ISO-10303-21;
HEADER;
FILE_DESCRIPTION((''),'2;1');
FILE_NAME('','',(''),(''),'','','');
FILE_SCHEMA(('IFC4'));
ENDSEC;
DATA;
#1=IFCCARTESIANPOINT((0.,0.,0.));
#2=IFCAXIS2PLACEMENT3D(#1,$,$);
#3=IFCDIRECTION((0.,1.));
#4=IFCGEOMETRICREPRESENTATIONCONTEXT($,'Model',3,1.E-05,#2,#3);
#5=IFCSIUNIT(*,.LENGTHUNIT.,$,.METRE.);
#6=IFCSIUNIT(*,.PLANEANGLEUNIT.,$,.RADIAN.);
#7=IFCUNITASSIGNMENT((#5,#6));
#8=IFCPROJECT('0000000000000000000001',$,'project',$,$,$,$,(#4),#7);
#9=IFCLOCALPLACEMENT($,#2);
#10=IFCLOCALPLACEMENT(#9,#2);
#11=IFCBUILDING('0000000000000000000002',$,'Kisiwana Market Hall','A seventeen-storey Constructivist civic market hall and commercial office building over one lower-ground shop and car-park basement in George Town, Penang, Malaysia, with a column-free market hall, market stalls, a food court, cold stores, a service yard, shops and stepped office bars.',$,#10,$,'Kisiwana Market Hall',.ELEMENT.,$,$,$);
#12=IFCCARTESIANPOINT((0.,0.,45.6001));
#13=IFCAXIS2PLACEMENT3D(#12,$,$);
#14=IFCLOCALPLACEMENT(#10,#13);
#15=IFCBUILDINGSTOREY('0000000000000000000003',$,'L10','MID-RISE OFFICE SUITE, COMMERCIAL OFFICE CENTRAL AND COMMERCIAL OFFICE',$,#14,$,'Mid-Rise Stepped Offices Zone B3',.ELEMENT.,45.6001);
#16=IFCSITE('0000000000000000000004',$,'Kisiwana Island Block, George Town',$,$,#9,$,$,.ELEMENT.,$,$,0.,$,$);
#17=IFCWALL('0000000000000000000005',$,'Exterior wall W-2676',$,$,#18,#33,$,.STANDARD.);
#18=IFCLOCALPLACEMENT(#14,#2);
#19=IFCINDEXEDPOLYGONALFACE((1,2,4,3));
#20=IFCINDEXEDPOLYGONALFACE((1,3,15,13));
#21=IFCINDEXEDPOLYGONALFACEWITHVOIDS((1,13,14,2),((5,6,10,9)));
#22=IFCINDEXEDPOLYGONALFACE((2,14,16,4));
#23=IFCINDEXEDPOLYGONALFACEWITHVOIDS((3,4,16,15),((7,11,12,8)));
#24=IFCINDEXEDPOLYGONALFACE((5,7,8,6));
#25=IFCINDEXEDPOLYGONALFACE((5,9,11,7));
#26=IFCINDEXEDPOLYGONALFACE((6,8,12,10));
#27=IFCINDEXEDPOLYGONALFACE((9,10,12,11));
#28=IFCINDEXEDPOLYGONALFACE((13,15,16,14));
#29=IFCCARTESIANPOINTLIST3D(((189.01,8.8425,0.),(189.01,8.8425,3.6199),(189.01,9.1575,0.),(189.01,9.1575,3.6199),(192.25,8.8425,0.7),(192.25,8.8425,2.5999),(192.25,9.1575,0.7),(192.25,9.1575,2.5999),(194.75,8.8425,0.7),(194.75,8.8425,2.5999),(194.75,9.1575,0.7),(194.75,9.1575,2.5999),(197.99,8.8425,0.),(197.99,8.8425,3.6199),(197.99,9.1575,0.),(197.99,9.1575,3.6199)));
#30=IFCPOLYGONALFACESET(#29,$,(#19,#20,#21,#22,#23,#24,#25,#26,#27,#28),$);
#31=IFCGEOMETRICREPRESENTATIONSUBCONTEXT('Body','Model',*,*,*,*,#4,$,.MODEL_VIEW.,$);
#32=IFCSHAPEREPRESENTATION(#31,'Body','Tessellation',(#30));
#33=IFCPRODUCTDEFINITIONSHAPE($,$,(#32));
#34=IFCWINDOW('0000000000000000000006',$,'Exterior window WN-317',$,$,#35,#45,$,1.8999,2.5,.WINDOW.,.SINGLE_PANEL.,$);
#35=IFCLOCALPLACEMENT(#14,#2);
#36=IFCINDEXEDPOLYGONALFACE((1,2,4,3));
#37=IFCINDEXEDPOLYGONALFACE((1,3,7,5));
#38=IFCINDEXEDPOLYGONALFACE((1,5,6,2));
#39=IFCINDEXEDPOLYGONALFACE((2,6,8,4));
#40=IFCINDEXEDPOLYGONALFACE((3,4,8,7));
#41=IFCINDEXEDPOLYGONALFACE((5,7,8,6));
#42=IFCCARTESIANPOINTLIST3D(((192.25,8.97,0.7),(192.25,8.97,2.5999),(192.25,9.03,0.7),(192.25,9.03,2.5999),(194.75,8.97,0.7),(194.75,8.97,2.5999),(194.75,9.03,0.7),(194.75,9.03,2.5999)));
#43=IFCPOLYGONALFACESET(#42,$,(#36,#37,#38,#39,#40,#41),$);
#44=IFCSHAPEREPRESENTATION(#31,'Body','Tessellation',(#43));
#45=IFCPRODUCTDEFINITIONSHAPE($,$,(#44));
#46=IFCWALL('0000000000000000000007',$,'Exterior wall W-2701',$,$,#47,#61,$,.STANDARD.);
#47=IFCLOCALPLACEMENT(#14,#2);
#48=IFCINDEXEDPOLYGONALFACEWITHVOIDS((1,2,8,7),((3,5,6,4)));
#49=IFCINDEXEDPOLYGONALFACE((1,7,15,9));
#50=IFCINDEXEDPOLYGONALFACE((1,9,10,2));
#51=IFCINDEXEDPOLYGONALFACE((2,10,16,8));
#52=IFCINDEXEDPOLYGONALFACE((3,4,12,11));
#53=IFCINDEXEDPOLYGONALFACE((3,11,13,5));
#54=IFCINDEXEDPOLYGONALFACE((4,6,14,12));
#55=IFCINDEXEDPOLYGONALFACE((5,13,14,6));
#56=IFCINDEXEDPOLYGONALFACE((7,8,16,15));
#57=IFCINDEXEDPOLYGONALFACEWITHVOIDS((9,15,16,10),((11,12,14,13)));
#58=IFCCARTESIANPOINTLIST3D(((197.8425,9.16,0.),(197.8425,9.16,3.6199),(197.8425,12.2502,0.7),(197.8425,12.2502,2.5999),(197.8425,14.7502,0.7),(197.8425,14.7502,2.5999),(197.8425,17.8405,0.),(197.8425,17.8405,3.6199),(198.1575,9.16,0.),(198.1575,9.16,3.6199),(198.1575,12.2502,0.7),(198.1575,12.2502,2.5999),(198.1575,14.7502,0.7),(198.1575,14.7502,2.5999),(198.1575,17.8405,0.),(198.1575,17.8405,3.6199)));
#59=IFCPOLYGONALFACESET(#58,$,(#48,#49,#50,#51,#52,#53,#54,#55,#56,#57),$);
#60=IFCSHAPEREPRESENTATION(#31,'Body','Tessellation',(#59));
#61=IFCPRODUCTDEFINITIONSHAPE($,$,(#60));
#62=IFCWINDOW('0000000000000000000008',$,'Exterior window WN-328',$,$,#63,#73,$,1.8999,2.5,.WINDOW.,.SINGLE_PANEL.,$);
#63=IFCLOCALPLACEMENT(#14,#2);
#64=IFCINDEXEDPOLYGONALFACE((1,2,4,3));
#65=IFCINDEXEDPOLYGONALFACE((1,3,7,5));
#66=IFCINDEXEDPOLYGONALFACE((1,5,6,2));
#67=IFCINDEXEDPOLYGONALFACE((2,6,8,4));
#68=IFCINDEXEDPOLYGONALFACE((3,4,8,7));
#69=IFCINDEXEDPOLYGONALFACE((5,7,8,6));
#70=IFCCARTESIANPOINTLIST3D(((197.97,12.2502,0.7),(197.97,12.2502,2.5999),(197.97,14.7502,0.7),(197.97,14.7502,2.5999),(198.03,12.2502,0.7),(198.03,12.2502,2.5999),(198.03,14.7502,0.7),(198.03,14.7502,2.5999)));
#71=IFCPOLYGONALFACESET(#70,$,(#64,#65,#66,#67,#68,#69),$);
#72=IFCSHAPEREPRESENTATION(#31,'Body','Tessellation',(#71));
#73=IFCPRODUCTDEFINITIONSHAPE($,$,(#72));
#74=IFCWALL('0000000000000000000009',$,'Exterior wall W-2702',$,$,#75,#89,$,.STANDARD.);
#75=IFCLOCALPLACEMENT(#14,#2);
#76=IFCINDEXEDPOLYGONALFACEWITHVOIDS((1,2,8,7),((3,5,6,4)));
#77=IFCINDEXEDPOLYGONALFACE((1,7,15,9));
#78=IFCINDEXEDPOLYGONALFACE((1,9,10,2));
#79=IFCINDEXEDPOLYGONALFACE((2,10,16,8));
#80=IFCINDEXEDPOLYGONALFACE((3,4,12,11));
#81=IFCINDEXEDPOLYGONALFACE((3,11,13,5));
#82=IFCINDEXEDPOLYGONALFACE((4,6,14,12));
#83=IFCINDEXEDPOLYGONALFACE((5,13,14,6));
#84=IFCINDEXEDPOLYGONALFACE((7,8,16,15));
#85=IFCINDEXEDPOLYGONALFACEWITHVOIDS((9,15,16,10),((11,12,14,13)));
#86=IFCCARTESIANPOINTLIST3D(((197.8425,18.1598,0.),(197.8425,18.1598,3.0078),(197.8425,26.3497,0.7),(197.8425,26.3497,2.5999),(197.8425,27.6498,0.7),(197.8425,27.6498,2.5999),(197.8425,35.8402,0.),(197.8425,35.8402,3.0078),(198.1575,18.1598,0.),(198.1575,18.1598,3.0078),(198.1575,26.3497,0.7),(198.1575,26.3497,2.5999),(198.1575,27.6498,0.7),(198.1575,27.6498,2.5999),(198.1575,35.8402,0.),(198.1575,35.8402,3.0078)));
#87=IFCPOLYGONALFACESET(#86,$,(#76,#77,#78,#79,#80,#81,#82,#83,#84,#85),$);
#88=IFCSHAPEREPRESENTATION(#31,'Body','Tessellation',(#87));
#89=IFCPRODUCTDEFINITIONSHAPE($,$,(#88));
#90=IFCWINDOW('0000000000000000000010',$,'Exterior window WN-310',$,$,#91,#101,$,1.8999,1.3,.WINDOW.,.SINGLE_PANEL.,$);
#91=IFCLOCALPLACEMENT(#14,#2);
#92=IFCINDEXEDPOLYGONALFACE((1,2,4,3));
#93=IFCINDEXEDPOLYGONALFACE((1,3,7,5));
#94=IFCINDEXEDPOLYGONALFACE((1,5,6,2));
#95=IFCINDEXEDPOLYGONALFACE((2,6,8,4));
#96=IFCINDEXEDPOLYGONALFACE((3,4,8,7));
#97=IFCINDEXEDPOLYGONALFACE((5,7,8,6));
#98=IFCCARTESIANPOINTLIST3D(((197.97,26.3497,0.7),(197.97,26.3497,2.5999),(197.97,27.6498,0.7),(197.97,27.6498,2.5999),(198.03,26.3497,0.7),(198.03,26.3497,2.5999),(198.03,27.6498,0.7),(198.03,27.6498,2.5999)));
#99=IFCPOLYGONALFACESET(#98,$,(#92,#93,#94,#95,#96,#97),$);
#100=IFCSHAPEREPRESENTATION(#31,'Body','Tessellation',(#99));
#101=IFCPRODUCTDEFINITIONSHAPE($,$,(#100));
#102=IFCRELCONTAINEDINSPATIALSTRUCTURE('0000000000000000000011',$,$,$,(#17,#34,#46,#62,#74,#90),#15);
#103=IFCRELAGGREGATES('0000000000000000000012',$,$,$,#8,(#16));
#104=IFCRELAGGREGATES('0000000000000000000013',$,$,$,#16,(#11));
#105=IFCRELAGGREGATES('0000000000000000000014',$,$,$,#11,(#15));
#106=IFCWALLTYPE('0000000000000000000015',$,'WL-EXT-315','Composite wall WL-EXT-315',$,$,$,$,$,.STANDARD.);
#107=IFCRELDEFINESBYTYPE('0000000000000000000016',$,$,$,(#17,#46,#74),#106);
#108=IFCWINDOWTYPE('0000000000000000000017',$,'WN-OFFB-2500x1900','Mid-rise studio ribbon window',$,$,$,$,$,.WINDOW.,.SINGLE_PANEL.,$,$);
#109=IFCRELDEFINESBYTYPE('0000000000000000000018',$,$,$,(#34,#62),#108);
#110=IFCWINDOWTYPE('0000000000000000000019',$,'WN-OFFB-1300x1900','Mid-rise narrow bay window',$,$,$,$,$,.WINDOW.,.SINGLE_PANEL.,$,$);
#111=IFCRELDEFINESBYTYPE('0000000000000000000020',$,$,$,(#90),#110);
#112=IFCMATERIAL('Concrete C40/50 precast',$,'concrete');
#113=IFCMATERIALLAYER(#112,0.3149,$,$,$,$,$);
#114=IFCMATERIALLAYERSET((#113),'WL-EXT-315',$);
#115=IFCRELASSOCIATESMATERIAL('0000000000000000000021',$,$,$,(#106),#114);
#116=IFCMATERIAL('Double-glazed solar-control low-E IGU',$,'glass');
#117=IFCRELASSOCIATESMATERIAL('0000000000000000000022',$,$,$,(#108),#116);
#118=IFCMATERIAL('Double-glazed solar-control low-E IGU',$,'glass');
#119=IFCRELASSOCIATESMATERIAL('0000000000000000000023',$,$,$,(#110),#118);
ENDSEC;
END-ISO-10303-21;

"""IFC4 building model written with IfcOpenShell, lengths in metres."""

from ifc_helpers import new_model, si_unit, direction, frame, frame_2d, origin, place, context, subcontext, project, spatial, rectangle, extrude, material, layer, layer_set, type_object, element, fill, save


model = new_model("IFC4")

# Units and contexts
model_context = context("Model", 3, precision=1e-05, world=origin(), true_north=direction((0.0, 1.0)))
body_context = subcontext(model_context, "Body", "Model", "MODEL_VIEW")
ifc_project = project(units=[si_unit("LENGTHUNIT", "METRE"), si_unit("PLANEANGLEUNIT", "RADIAN")], contexts=[model_context])

# Site, building, storey
site_placement = place(None, origin())
site = spatial("IfcSite", under=ifc_project, at=site_placement, Name="Kisiwana Island Block, George Town", CompositionType="ELEMENT", RefElevation=0.0)
building_placement = place(site_placement, origin())
building = spatial("IfcBuilding", under=site, at=building_placement, Name="Kisiwana Market Hall", Description="A seventeen-storey Constructivist civic market hall and commercial office building over one lower-ground shop and car-park basement in George Town, Penang, Malaysia, with a column-free market hall, market stalls, a food court, cold stores, a service yard, shops and stepped office bars.", LongName="Kisiwana Market Hall", CompositionType="ELEMENT")
storey_placement = place(building_placement, frame((0.0, 0.0, 45.6001)))
storey = spatial("IfcBuildingStorey", under=building, at=storey_placement, Name="L10", Description="MID-RISE OFFICE SUITE, COMMERCIAL OFFICE CENTRAL AND COMMERCIAL OFFICE", LongName="Mid-Rise Stepped Offices Zone B3", CompositionType="ELEMENT", Elevation=45.6001)

# Walls, openings, windows
ifc_material_1 = material(Name="Concrete C40/50 precast", Category="concrete")
ifc_layer_1 = layer(ifc_material_1, 0.3149)
ifc_layer_set_1 = layer_set([ifc_layer_1], Name="WL-EXT-315")
wall_type_1 = type_object("IfcWallType", Name="WL-EXT-315", Description="Composite wall WL-EXT-315", PredefinedType="STANDARD", material=ifc_layer_set_1)
wall_1_placement = place(storey_placement, frame((189.01, 9.0, 0.0), z_axis=(0.0, 0.0, 1.0), x_axis=(1.0, 0.0, 0.0)))
wall_1 = element("IfcWall", 1, at=wall_1_placement, inside=storey, type_object=wall_type_1, Name="Exterior wall W-2676", PredefinedType="STANDARD", context=body_context, shape_type="SweptSolid", body=[
    extrude(rectangle(XDim=8.98, YDim=0.3149, at=frame_2d((4.49, 0.0))), origin(), (0.0, 0.0, 1.0), 3.6199),
])
opening_1_placement = place(wall_1_placement, frame((3.24, 0.0, 0.7)))
opening_1 = element("IfcOpeningElement", 2, at=opening_1_placement, cuts=wall_1, PredefinedType="OPENING", context=body_context, shape_type="SweptSolid", body=[
    extrude(rectangle(XDim=2.5, YDim=1.8999, at=frame_2d((1.25, 0.95))), frame((0.0, 0.1694, 0.0), z_axis=(0.0, -1.0, 0.0), x_axis=(1.0, 0.0, 0.0)), (0.0, 0.0, 1.0), 0.3389),
])
ifc_material_2 = material(Name="Double-glazed solar-control low-E IGU", Category="glass")
window_type_1 = type_object("IfcWindowType", Name="WN-OFFB-2500x1900", Description="Mid-rise studio ribbon window", PartitioningType="SINGLE_PANEL", PredefinedType="WINDOW", material=ifc_material_2)
window_1_placement = place(opening_1_placement, origin())
window_1 = element("IfcWindow", 3, at=window_1_placement, inside=storey, type_object=window_type_1, Name="Exterior window WN-317", OverallHeight=1.8999, OverallWidth=2.5, PartitioningType="SINGLE_PANEL", PredefinedType="WINDOW", context=body_context, shape_type="SweptSolid", body=[
    extrude(rectangle(XDim=2.5, YDim=1.8999, at=frame_2d((1.25, 0.95))), frame((0.0, 0.03, 0.0), z_axis=(0.0, -1.0, 0.0), x_axis=(1.0, 0.0, 0.0)), (0.0, 0.0, 1.0), 0.0601),
])
fill(opening_1, window_1)
wall_2_placement = place(storey_placement, frame((198.0, 9.1599, 0.0), z_axis=(0.0, 0.0, 1.0), x_axis=(0.0, 1.0, 0.0)))
wall_2 = element("IfcWall", 4, at=wall_2_placement, inside=storey, type_object=wall_type_1, Name="Exterior wall W-2701", PredefinedType="STANDARD", context=body_context, shape_type="SweptSolid", body=[
    extrude(rectangle(XDim=8.6804, YDim=0.3149, at=frame_2d((4.3403, 0.0))), origin(), (0.0, 0.0, 1.0), 3.6199),
])
opening_2_placement = place(wall_2_placement, frame((3.0903, 0.0, 0.7)))
opening_2 = element("IfcOpeningElement", 5, at=opening_2_placement, cuts=wall_2, PredefinedType="OPENING", context=body_context, shape_type="SweptSolid", body=[
    extrude(rectangle(XDim=2.5, YDim=1.8999, at=frame_2d((1.25, 0.95))), frame((0.0, 0.1694, 0.0), z_axis=(0.0, -1.0, 0.0), x_axis=(1.0, 0.0, 0.0)), (0.0, 0.0, 1.0), 0.3389),
])
window_2_placement = place(opening_2_placement, origin())
window_2 = element("IfcWindow", 6, at=window_2_placement, inside=storey, type_object=window_type_1, Name="Exterior window WN-328", OverallHeight=1.8999, OverallWidth=2.5, PartitioningType="SINGLE_PANEL", PredefinedType="WINDOW", context=body_context, shape_type="SweptSolid", body=[
    extrude(rectangle(XDim=2.5, YDim=1.8999, at=frame_2d((1.25, 0.95))), frame((0.0, 0.03, 0.0), z_axis=(0.0, -1.0, 0.0), x_axis=(1.0, 0.0, 0.0)), (0.0, 0.0, 1.0), 0.0601),
])
fill(opening_2, window_2)
wall_3_placement = place(storey_placement, frame((198.0, 18.1597, 0.0), z_axis=(0.0, 0.0, 1.0), x_axis=(0.0, 1.0, 0.0)))
wall_3 = element("IfcWall", 7, at=wall_3_placement, inside=storey, type_object=wall_type_1, Name="Exterior wall W-2702", PredefinedType="STANDARD", context=body_context, shape_type="SweptSolid", body=[
    extrude(rectangle(XDim=17.6804, YDim=0.3149, at=frame_2d((8.8403, 0.0))), origin(), (0.0, 0.0, 1.0), 3.0078),
])
opening_3_placement = place(wall_3_placement, frame((8.1902, 0.0, 0.7)))
opening_3 = element("IfcOpeningElement", 8, at=opening_3_placement, cuts=wall_3, PredefinedType="OPENING", context=body_context, shape_type="SweptSolid", body=[
    extrude(rectangle(XDim=1.3, YDim=1.8999, at=frame_2d((0.6499, 0.95))), frame((0.0, 0.1694, 0.0), z_axis=(0.0, -1.0, 0.0), x_axis=(1.0, 0.0, 0.0)), (0.0, 0.0, 1.0), 0.3389),
])
ifc_material_3 = material(Name="Double-glazed solar-control low-E IGU", Category="glass")
window_type_2 = type_object("IfcWindowType", Name="WN-OFFB-1300x1900", Description="Mid-rise narrow bay window", PartitioningType="SINGLE_PANEL", PredefinedType="WINDOW", material=ifc_material_3)
window_3_placement = place(opening_3_placement, origin())
window_3 = element("IfcWindow", 9, at=window_3_placement, inside=storey, type_object=window_type_2, Name="Exterior window WN-310", OverallHeight=1.8999, OverallWidth=1.3, PartitioningType="SINGLE_PANEL", PredefinedType="WINDOW", context=body_context, shape_type="SweptSolid", body=[
    extrude(rectangle(XDim=1.3, YDim=1.8999, at=frame_2d((0.6499, 0.95))), frame((0.0, 0.03, 0.0), z_axis=(0.0, -1.0, 0.0), x_axis=(1.0, 0.0, 0.0)), (0.0, 0.0, 1.0), 0.0601),
])
fill(opening_3, window_3)

save(model, "model.ifc")
